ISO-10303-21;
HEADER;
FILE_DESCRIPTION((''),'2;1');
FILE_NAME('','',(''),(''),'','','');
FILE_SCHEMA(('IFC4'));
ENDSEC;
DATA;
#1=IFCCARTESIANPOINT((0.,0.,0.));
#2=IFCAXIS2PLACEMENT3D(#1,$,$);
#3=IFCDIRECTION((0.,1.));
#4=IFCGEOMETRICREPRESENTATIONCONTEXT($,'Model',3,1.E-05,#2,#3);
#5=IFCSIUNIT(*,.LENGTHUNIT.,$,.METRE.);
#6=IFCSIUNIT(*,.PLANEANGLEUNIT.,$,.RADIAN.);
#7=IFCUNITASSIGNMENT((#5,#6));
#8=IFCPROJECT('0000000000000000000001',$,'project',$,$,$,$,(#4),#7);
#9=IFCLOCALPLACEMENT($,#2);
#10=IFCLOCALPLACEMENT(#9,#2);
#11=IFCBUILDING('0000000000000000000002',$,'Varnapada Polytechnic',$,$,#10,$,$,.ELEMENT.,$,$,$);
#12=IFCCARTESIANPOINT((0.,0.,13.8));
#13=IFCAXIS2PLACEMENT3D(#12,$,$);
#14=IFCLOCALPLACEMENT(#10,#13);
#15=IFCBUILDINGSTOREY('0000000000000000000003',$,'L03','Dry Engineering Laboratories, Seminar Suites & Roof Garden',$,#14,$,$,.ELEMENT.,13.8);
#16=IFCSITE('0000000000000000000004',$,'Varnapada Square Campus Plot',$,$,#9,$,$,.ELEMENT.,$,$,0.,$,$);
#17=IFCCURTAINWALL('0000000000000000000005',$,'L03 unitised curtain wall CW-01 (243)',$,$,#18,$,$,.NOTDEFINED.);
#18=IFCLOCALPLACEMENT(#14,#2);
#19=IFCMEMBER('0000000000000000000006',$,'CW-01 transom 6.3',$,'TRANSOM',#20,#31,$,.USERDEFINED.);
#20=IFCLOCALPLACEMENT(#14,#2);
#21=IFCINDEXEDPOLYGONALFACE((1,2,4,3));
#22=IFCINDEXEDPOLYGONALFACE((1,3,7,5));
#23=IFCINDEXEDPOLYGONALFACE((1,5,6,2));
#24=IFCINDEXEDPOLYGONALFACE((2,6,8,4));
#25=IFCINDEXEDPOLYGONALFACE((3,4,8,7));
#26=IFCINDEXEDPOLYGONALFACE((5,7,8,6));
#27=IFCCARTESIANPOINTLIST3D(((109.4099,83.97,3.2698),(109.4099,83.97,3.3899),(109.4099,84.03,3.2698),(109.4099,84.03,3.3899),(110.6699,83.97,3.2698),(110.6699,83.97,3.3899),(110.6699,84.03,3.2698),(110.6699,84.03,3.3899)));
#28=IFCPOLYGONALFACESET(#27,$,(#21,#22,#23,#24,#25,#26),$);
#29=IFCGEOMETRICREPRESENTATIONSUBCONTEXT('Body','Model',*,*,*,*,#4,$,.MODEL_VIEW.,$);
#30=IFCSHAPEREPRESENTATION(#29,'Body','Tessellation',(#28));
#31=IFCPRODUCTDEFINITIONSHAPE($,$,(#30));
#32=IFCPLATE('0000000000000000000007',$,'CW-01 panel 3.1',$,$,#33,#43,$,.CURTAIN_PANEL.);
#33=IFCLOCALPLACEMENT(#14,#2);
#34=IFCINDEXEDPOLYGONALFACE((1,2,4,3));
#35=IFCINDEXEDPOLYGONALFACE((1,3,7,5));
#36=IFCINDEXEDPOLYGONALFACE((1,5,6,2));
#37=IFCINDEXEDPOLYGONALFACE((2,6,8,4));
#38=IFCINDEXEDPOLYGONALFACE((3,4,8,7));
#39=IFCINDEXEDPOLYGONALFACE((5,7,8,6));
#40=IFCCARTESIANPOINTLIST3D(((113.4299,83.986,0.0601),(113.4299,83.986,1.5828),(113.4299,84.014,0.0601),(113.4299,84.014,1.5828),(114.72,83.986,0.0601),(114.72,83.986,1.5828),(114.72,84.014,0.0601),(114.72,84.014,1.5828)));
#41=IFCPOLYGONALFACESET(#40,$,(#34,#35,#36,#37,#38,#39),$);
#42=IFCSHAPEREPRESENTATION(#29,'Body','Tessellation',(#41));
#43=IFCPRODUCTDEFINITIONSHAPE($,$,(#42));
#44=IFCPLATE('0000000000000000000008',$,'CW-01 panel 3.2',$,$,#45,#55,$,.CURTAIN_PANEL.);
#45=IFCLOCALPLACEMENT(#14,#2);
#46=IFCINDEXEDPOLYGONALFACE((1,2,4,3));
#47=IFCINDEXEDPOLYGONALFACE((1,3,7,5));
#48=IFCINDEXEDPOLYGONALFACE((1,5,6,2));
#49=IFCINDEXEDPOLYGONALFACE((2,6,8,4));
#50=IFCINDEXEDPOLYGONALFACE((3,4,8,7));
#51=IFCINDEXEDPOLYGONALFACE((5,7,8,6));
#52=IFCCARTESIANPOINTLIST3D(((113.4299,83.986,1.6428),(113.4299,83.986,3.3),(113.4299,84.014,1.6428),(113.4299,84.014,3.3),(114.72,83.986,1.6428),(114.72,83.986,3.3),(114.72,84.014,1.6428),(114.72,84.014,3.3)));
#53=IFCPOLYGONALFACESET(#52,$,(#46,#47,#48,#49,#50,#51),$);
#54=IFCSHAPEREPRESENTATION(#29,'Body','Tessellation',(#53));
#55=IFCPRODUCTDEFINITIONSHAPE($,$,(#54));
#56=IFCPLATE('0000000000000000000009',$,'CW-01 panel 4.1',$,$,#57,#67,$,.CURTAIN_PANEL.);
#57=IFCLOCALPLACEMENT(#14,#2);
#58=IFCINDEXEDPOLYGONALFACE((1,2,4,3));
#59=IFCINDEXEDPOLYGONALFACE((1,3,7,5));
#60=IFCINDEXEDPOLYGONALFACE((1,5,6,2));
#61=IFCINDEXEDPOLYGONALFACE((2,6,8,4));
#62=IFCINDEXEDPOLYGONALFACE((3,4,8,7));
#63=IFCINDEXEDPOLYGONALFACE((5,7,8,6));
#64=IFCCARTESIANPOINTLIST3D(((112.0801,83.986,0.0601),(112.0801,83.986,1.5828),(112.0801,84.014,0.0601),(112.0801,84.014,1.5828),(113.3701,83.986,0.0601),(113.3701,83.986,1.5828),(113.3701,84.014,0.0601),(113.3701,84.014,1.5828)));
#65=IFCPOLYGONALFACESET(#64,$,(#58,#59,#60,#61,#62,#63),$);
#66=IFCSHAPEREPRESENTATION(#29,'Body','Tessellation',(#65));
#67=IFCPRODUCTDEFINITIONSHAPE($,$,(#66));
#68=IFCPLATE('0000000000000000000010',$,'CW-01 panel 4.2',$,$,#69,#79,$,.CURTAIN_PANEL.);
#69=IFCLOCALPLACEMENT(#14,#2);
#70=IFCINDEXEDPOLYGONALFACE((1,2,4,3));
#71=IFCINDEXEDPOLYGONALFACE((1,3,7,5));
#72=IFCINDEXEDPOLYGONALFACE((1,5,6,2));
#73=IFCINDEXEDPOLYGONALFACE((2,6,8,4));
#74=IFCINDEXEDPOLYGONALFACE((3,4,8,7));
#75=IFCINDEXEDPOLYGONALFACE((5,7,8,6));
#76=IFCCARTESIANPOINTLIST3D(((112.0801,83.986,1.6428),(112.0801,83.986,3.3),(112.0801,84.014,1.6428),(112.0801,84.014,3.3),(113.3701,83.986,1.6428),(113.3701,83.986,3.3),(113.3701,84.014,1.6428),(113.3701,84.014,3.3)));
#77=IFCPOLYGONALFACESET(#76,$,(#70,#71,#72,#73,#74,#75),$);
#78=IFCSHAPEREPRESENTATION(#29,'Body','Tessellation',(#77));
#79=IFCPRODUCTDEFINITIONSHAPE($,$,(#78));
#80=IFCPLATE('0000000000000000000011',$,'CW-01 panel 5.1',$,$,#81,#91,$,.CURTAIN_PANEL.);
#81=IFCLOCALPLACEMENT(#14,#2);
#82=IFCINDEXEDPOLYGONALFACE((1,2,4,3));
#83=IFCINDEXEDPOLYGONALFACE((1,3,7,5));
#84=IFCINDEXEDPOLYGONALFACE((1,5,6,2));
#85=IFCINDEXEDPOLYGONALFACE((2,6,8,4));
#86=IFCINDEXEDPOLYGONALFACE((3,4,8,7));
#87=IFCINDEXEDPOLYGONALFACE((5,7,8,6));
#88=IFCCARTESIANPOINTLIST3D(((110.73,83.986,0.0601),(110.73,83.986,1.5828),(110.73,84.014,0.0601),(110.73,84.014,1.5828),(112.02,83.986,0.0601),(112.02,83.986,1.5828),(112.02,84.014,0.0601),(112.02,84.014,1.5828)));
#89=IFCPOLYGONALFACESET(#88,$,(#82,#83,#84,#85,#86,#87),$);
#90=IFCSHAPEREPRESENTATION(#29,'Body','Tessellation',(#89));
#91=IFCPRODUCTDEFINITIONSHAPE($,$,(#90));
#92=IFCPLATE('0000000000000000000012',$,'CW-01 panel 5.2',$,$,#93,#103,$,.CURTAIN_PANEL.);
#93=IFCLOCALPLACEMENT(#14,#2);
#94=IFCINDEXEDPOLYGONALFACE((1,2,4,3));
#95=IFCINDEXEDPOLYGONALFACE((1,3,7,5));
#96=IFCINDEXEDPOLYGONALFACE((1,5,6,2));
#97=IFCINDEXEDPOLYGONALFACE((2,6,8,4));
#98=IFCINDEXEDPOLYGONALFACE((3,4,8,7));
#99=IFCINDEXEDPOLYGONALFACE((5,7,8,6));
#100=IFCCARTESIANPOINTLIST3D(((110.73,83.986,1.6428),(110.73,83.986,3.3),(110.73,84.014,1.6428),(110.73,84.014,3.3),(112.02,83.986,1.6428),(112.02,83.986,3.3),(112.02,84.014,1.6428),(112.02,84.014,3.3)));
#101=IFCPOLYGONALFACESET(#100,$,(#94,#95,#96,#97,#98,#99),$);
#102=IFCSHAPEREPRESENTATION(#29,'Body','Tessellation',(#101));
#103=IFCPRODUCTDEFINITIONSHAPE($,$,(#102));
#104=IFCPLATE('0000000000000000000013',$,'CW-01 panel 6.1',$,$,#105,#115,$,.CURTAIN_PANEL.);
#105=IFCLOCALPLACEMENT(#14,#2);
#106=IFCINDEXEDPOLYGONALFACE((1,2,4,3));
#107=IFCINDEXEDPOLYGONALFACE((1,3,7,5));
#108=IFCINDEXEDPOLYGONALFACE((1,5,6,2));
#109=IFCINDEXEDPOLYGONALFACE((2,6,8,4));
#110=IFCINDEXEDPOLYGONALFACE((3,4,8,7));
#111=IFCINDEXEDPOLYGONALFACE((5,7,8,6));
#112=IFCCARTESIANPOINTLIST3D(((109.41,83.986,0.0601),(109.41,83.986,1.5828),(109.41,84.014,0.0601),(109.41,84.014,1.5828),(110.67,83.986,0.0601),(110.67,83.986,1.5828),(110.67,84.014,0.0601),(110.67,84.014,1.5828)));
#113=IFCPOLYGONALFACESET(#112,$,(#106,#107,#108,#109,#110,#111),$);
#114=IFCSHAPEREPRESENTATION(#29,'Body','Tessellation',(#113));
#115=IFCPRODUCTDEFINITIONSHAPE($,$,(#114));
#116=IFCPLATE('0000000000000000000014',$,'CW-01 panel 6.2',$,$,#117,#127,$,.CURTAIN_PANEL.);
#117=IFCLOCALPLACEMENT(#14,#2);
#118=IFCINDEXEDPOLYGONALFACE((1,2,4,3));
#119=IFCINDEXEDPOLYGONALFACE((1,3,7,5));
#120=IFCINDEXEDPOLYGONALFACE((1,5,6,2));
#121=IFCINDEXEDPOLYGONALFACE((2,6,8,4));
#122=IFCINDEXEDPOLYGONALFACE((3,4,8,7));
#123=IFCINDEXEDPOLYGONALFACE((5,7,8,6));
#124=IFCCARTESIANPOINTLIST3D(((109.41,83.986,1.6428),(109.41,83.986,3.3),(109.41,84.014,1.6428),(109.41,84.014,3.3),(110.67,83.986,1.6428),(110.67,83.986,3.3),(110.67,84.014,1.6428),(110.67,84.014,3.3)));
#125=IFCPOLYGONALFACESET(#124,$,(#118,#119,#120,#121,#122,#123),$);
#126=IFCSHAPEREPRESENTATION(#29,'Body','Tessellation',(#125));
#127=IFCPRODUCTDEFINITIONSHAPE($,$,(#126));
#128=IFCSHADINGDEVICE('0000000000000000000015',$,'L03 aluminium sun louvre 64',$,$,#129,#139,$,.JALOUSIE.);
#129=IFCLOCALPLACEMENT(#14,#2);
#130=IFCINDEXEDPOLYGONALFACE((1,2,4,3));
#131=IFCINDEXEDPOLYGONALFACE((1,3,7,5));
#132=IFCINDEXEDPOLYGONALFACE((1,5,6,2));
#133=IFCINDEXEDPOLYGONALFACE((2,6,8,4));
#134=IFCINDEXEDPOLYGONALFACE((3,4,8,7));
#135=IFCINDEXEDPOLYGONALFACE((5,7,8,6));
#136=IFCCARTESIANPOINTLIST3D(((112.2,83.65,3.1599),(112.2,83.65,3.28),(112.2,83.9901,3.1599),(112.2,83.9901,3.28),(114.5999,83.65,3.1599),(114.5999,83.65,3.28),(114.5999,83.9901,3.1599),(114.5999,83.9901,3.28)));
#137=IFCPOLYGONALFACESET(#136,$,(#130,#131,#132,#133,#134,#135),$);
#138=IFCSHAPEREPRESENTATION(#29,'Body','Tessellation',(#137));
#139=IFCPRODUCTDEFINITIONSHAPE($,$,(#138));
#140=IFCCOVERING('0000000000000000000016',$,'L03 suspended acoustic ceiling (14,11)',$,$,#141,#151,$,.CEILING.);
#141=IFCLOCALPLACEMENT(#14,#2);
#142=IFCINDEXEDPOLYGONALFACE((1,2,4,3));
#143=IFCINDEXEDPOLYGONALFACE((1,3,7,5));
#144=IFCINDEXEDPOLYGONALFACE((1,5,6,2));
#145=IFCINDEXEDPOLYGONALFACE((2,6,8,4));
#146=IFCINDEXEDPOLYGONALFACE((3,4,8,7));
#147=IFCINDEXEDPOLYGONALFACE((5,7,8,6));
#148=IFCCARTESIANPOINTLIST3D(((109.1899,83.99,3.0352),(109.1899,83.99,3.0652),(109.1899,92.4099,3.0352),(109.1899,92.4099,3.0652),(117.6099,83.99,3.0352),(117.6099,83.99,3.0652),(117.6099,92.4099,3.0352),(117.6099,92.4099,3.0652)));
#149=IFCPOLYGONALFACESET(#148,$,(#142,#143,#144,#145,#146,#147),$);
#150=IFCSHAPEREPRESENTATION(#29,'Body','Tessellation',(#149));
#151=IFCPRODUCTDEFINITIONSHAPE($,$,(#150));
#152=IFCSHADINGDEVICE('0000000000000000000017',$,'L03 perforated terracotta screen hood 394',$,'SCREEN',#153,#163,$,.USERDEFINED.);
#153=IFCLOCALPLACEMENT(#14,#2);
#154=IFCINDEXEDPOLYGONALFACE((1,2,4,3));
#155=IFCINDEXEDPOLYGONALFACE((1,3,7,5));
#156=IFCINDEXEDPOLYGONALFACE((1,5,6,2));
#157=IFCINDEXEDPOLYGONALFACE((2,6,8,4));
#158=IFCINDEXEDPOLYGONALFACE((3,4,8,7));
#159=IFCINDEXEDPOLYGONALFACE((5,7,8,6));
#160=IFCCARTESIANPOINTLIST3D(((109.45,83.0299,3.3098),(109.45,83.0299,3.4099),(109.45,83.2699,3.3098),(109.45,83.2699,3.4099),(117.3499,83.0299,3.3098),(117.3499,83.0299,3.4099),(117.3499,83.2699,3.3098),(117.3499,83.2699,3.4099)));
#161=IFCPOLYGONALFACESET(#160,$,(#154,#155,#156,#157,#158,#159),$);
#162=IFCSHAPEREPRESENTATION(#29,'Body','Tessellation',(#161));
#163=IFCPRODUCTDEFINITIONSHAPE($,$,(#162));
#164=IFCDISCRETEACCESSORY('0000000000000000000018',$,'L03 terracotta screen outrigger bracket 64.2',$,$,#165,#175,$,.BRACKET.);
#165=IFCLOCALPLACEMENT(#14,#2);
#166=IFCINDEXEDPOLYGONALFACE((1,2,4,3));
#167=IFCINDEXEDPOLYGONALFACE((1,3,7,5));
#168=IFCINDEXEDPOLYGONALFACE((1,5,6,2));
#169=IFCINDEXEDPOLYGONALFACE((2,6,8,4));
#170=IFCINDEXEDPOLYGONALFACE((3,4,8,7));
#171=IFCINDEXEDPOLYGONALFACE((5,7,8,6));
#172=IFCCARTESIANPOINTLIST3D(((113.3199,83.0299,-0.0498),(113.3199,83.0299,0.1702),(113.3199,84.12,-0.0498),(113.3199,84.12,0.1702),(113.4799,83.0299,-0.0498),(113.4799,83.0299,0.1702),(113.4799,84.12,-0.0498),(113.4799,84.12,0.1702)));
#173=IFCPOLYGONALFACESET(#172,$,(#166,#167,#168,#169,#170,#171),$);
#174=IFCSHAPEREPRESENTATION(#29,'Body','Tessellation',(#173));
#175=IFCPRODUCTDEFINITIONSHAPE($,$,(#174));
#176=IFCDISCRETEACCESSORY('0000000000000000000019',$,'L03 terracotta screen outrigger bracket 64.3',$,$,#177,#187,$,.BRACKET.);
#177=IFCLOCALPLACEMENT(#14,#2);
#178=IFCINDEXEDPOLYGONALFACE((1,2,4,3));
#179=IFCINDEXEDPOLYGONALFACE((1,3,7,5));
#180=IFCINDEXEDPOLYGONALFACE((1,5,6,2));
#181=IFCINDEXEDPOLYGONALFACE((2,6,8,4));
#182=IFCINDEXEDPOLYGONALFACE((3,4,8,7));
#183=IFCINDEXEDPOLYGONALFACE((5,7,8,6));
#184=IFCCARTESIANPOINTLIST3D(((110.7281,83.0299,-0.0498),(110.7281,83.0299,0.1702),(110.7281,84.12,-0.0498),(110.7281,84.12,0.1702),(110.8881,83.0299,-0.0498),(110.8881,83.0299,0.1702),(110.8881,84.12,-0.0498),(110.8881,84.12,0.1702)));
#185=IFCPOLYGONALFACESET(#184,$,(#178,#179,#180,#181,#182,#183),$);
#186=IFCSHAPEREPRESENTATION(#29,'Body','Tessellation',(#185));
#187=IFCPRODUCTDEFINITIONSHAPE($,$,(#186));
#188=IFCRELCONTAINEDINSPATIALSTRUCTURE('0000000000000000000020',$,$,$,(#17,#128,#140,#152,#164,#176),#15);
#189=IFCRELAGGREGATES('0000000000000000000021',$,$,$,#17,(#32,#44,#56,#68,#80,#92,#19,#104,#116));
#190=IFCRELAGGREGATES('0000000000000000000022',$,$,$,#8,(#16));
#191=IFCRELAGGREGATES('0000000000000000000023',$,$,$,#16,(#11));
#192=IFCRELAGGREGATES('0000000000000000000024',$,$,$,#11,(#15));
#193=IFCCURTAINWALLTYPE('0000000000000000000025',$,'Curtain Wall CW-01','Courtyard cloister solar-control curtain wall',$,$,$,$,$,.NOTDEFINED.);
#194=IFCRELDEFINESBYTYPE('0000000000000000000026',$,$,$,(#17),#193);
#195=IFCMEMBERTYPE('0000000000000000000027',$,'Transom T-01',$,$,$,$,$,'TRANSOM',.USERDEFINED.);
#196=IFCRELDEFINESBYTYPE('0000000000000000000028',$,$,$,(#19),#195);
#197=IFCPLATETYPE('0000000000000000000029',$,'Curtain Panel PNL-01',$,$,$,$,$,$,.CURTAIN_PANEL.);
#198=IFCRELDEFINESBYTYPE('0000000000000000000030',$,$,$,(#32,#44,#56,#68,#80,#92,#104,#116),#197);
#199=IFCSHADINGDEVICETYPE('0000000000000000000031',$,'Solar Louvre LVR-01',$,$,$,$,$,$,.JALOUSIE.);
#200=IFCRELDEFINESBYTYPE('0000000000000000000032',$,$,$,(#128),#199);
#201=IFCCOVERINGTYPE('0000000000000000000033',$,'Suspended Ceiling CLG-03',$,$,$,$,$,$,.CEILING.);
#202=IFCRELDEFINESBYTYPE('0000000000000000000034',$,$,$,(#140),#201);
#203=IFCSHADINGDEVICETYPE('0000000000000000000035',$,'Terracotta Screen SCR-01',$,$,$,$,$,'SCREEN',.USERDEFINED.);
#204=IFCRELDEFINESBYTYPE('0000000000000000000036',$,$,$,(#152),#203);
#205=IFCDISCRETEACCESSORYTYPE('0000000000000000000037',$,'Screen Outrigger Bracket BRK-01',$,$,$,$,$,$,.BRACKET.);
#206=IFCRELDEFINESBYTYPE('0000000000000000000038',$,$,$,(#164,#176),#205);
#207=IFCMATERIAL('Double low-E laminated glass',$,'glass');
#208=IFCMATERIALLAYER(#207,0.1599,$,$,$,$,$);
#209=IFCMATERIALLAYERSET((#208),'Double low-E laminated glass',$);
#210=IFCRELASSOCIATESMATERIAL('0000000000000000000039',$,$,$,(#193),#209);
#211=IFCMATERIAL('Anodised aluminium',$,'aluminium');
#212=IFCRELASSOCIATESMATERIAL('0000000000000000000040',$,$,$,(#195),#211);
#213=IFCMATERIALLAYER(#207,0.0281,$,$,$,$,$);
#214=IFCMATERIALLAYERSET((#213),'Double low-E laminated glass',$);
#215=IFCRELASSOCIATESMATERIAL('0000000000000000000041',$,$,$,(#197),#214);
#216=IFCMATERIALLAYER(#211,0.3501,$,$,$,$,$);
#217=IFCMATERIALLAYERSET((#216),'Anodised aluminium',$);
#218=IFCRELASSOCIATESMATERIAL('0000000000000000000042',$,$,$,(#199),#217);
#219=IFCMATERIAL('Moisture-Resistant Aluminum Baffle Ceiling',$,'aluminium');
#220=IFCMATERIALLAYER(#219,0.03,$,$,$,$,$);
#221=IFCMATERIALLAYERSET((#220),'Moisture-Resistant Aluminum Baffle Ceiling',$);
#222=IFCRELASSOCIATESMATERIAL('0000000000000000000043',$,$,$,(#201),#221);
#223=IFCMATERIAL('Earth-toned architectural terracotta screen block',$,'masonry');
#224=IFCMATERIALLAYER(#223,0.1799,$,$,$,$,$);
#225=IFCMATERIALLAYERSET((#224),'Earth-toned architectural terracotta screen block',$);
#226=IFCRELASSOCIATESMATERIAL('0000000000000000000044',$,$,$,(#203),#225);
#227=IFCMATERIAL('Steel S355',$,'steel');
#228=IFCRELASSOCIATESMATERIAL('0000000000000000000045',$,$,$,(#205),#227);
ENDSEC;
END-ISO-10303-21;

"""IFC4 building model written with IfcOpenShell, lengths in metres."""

from ifc_helpers import new_model, si_unit, direction, frame, origin, origin_2d, place, context, subcontext, project, spatial, rectangle, extrude, material, layer, layer_set, material_profile, profile_set, type_object, element, aggregate, save


model = new_model("IFC4")

# Units and contexts
model_context = context("Model", 3, precision=1e-05, world=origin(), true_north=direction((0.0, 1.0)))
body_context = subcontext(model_context, "Body", "Model", "MODEL_VIEW")
ifc_project = project(units=[si_unit("LENGTHUNIT", "METRE"), si_unit("PLANEANGLEUNIT", "RADIAN")], contexts=[model_context])

# Site, building, storey
site_placement = place(None, origin())
site = spatial("IfcSite", under=ifc_project, at=site_placement, Name="Varnapada Square Campus Plot", CompositionType="ELEMENT", RefElevation=0.0)
building_placement = place(site_placement, origin())
building = spatial("IfcBuilding", under=site, at=building_placement, Name="Varnapada Polytechnic", CompositionType="ELEMENT")
storey_placement = place(building_placement, frame((0.0, 0.0, 13.8)))
storey = spatial("IfcBuildingStorey", under=building, at=storey_placement, Name="L03", Description="Dry Engineering Laboratories, Seminar Suites & Roof Garden", CompositionType="ELEMENT", Elevation=13.8)

# Curtain wall, member, plates
ifc_material_1 = material(Name="Double low-E laminated glass", Category="glass")
ifc_layer_1 = layer(ifc_material_1, 0.1599)
ifc_layer_set_1 = layer_set([ifc_layer_1], Name="Double low-E laminated glass")
curtain_wall_type = type_object("IfcCurtainWallType", Name="Curtain Wall CW-01", Description="Courtyard cloister solar-control curtain wall", PredefinedType="NOTDEFINED", material=ifc_layer_set_1)
curtain_wall_placement = place(storey_placement, origin())
curtain_wall = element("IfcCurtainWall", 1, at=curtain_wall_placement, inside=storey, type_object=curtain_wall_type, Name="L03 unitised curtain wall CW-01 (243)", PredefinedType="NOTDEFINED")
ifc_material_2 = material(Name="Anodised aluminium", Category="aluminium")
ifc_material_profile_1 = material_profile(ifc_material_2, rectangle(XDim=0.0601, YDim=0.1201, at=origin_2d()), Name="ALU T60x120")
ifc_profile_set_1 = profile_set([ifc_material_profile_1], Name="Anodised aluminium")
member_type_1 = type_object("IfcMemberType", Name="Transom T-01", ElementType="TRANSOM", PredefinedType="USERDEFINED", material=ifc_profile_set_1)
member_1_placement = place(storey_placement, frame((110.6699, 84.0, 3.3298), z_axis=(-1.0, 0.0, 0.0), x_axis=(0.0, -1.0, 0.0)))
member_1 = element("IfcMember", 2, at=member_1_placement, type_object=member_type_1, Name="CW-01 transom 6.3", ObjectType="TRANSOM", PredefinedType="USERDEFINED", context=body_context, shape_type="SweptSolid", body=[
    extrude(rectangle(XDim=0.0601, YDim=0.1201, at=origin_2d()), origin(), (0.0, 0.0, 1.0), 1.26),
])
ifc_layer_2 = layer(ifc_material_1, 0.0281)
ifc_layer_set_2 = layer_set([ifc_layer_2], Name="Double low-E laminated glass")
plate_type = type_object("IfcPlateType", Name="Curtain Panel PNL-01", PredefinedType="CURTAIN_PANEL", material=ifc_layer_set_2)
plate_1_placement = place(storey_placement, frame((114.075, 84.0, 0.0601), z_axis=(0.0, 0.0, 1.0), x_axis=(-1.0, 0.0, 0.0)))
plate_1 = element("IfcPlate", 3, at=plate_1_placement, type_object=plate_type, Name="CW-01 panel 3.1", PredefinedType="CURTAIN_PANEL", context=body_context, shape_type="SweptSolid", body=[
    extrude(rectangle(XDim=1.29, YDim=0.0281, at=origin_2d()), origin(), (0.0, 0.0, 1.0), 1.5227),
])
plate_2_placement = place(storey_placement, frame((114.075, 84.0, 1.6428), z_axis=(0.0, 0.0, 1.0), x_axis=(-1.0, 0.0, 0.0)))
plate_2 = element("IfcPlate", 4, at=plate_2_placement, type_object=plate_type, Name="CW-01 panel 3.2", PredefinedType="CURTAIN_PANEL", context=body_context, shape_type="SweptSolid", body=[
    extrude(rectangle(XDim=1.29, YDim=0.0281, at=origin_2d()), origin(), (0.0, 0.0, 1.0), 1.6572),
])
plate_3_placement = place(storey_placement, frame((112.7251, 84.0, 0.0601), z_axis=(0.0, 0.0, 1.0), x_axis=(-1.0, 0.0, 0.0)))
plate_3 = element("IfcPlate", 5, at=plate_3_placement, type_object=plate_type, Name="CW-01 panel 4.1", PredefinedType="CURTAIN_PANEL", context=body_context, shape_type="SweptSolid", body=[
    extrude(rectangle(XDim=1.29, YDim=0.0281, at=origin_2d()), origin(), (0.0, 0.0, 1.0), 1.5227),
])
plate_4_placement = place(storey_placement, frame((112.7251, 84.0, 1.6428), z_axis=(0.0, 0.0, 1.0), x_axis=(-1.0, 0.0, 0.0)))
plate_4 = element("IfcPlate", 6, at=plate_4_placement, type_object=plate_type, Name="CW-01 panel 4.2", PredefinedType="CURTAIN_PANEL", context=body_context, shape_type="SweptSolid", body=[
    extrude(rectangle(XDim=1.29, YDim=0.0281, at=origin_2d()), origin(), (0.0, 0.0, 1.0), 1.6572),
])
plate_5_placement = place(storey_placement, frame((111.375, 84.0, 0.0601), z_axis=(0.0, 0.0, 1.0), x_axis=(-1.0, 0.0, 0.0)))
plate_5 = element("IfcPlate", 7, at=plate_5_placement, type_object=plate_type, Name="CW-01 panel 5.1", PredefinedType="CURTAIN_PANEL", context=body_context, shape_type="SweptSolid", body=[
    extrude(rectangle(XDim=1.29, YDim=0.0281, at=origin_2d()), origin(), (0.0, 0.0, 1.0), 1.5227),
])
plate_6_placement = place(storey_placement, frame((111.375, 84.0, 1.6428), z_axis=(0.0, 0.0, 1.0), x_axis=(-1.0, 0.0, 0.0)))
plate_6 = element("IfcPlate", 8, at=plate_6_placement, type_object=plate_type, Name="CW-01 panel 5.2", PredefinedType="CURTAIN_PANEL", context=body_context, shape_type="SweptSolid", body=[
    extrude(rectangle(XDim=1.29, YDim=0.0281, at=origin_2d()), origin(), (0.0, 0.0, 1.0), 1.6572),
])
plate_7_placement = place(storey_placement, frame((110.04, 84.0, 0.0601), z_axis=(0.0, 0.0, 1.0), x_axis=(-1.0, 0.0, 0.0)))
plate_7 = element("IfcPlate", 9, at=plate_7_placement, type_object=plate_type, Name="CW-01 panel 6.1", PredefinedType="CURTAIN_PANEL", context=body_context, shape_type="SweptSolid", body=[
    extrude(rectangle(XDim=1.26, YDim=0.0281, at=origin_2d()), origin(), (0.0, 0.0, 1.0), 1.5227),
])
plate_8_placement = place(storey_placement, frame((110.04, 84.0, 1.6428), z_axis=(0.0, 0.0, 1.0), x_axis=(-1.0, 0.0, 0.0)))
plate_8 = element("IfcPlate", 10, at=plate_8_placement, type_object=plate_type, Name="CW-01 panel 6.2", PredefinedType="CURTAIN_PANEL", context=body_context, shape_type="SweptSolid", body=[
    extrude(rectangle(XDim=1.26, YDim=0.0281, at=origin_2d()), origin(), (0.0, 0.0, 1.0), 1.6572),
])
aggregate(curtain_wall, [plate_1, plate_2, plate_3, plate_4, plate_5, plate_6, member_1, plate_7, plate_8])

# Shading device
ifc_layer_3 = layer(ifc_material_2, 0.3501)
ifc_layer_set_3 = layer_set([ifc_layer_3], Name="Anodised aluminium")
shading_device_type_1 = type_object("IfcShadingDeviceType", Name="Solar Louvre LVR-01", PredefinedType="JALOUSIE", material=ifc_layer_set_3)
shading_device_1_placement = place(storey_placement, frame((113.3999, 83.8201, 3.1599), z_axis=(0.0, 0.0, 1.0), x_axis=(-1.0, 0.0, 0.0)))
element("IfcShadingDevice", 11, at=shading_device_1_placement, inside=storey, type_object=shading_device_type_1, Name="L03 aluminium sun louvre 64", PredefinedType="JALOUSIE", context=body_context, shape_type="SweptSolid", body=[
    extrude(rectangle(XDim=2.3999, YDim=0.3401, at=origin_2d()), origin(), (0.0, 0.0, 1.0), 0.1201),
])

# Covering
ifc_material_3 = material(Name="Moisture-Resistant Aluminum Baffle Ceiling", Category="aluminium")
ifc_layer_4 = layer(ifc_material_3, 0.03)
ifc_layer_set_4 = layer_set([ifc_layer_4], Name="Moisture-Resistant Aluminum Baffle Ceiling")
covering_type = type_object("IfcCoveringType", Name="Suspended Ceiling CLG-03", PredefinedType="CEILING", material=ifc_layer_set_4)
covering_placement = place(storey_placement, frame((113.3999, 88.2, 3.0352), z_axis=(0.0, 0.0, 1.0), x_axis=(1.0, 0.0, 0.0)))
element("IfcCovering", 12, at=covering_placement, inside=storey, type_object=covering_type, Name="L03 suspended acoustic ceiling (14,11)", PredefinedType="CEILING", context=body_context, shape_type="SweptSolid", body=[
    extrude(rectangle(XDim=8.4199, YDim=8.4199, at=origin_2d()), origin(), (0.0, 0.0, 1.0), 0.03),
])

# Shading device
ifc_material_4 = material(Name="Earth-toned architectural terracotta screen block", Category="masonry")
ifc_layer_5 = layer(ifc_material_4, 0.1799)
ifc_layer_set_5 = layer_set([ifc_layer_5], Name="Earth-toned architectural terracotta screen block")
shading_device_type_2 = type_object("IfcShadingDeviceType", Name="Terracotta Screen SCR-01", ElementType="SCREEN", PredefinedType="USERDEFINED", material=ifc_layer_set_5)
shading_device_2_placement = place(storey_placement, frame((113.3999, 83.1499, 3.3098), z_axis=(0.0, 0.0, 1.0), x_axis=(-1.0, 0.0, 0.0)))
element("IfcShadingDevice", 13, at=shading_device_2_placement, inside=storey, type_object=shading_device_type_2, Name="L03 perforated terracotta screen hood 394", ObjectType="SCREEN", PredefinedType="USERDEFINED", context=body_context, shape_type="SweptSolid", body=[
    extrude(rectangle(XDim=7.8999, YDim=0.24, at=origin_2d()), origin(), (0.0, 0.0, 1.0), 0.1001),
])

# Discrete accessories
ifc_material_5 = material(Name="Steel S355", Category="steel")
discrete_accessory_type = type_object("IfcDiscreteAccessoryType", Name="Screen Outrigger Bracket BRK-01", PredefinedType="BRACKET", material=ifc_material_5)
for number, where, z_axis, x_axis, name in (
    (14, (113.3999, 83.575, -0.0498), (0.0, 0.0, 1.0), (-1.0, 0.0, 0.0), "L03 terracotta screen outrigger bracket 64.2"),
    (15, (110.8081, 83.575, -0.0498), (0.0, 0.0, 1.0), (-1.0, 0.0, 0.0), "L03 terracotta screen outrigger bracket 64.3"),
):
    element("IfcDiscreteAccessory", number, at=place(storey_placement, frame(where, z_axis=z_axis, x_axis=x_axis)), inside=storey, type_object=discrete_accessory_type, Name=name, PredefinedType="BRACKET", context=body_context, shape_type="SweptSolid", body=[
        extrude(rectangle(XDim=0.1599, YDim=1.0901, at=origin_2d()), origin(), (0.0, 0.0, 1.0), 0.22),
    ])

save(model, "model.ifc")
